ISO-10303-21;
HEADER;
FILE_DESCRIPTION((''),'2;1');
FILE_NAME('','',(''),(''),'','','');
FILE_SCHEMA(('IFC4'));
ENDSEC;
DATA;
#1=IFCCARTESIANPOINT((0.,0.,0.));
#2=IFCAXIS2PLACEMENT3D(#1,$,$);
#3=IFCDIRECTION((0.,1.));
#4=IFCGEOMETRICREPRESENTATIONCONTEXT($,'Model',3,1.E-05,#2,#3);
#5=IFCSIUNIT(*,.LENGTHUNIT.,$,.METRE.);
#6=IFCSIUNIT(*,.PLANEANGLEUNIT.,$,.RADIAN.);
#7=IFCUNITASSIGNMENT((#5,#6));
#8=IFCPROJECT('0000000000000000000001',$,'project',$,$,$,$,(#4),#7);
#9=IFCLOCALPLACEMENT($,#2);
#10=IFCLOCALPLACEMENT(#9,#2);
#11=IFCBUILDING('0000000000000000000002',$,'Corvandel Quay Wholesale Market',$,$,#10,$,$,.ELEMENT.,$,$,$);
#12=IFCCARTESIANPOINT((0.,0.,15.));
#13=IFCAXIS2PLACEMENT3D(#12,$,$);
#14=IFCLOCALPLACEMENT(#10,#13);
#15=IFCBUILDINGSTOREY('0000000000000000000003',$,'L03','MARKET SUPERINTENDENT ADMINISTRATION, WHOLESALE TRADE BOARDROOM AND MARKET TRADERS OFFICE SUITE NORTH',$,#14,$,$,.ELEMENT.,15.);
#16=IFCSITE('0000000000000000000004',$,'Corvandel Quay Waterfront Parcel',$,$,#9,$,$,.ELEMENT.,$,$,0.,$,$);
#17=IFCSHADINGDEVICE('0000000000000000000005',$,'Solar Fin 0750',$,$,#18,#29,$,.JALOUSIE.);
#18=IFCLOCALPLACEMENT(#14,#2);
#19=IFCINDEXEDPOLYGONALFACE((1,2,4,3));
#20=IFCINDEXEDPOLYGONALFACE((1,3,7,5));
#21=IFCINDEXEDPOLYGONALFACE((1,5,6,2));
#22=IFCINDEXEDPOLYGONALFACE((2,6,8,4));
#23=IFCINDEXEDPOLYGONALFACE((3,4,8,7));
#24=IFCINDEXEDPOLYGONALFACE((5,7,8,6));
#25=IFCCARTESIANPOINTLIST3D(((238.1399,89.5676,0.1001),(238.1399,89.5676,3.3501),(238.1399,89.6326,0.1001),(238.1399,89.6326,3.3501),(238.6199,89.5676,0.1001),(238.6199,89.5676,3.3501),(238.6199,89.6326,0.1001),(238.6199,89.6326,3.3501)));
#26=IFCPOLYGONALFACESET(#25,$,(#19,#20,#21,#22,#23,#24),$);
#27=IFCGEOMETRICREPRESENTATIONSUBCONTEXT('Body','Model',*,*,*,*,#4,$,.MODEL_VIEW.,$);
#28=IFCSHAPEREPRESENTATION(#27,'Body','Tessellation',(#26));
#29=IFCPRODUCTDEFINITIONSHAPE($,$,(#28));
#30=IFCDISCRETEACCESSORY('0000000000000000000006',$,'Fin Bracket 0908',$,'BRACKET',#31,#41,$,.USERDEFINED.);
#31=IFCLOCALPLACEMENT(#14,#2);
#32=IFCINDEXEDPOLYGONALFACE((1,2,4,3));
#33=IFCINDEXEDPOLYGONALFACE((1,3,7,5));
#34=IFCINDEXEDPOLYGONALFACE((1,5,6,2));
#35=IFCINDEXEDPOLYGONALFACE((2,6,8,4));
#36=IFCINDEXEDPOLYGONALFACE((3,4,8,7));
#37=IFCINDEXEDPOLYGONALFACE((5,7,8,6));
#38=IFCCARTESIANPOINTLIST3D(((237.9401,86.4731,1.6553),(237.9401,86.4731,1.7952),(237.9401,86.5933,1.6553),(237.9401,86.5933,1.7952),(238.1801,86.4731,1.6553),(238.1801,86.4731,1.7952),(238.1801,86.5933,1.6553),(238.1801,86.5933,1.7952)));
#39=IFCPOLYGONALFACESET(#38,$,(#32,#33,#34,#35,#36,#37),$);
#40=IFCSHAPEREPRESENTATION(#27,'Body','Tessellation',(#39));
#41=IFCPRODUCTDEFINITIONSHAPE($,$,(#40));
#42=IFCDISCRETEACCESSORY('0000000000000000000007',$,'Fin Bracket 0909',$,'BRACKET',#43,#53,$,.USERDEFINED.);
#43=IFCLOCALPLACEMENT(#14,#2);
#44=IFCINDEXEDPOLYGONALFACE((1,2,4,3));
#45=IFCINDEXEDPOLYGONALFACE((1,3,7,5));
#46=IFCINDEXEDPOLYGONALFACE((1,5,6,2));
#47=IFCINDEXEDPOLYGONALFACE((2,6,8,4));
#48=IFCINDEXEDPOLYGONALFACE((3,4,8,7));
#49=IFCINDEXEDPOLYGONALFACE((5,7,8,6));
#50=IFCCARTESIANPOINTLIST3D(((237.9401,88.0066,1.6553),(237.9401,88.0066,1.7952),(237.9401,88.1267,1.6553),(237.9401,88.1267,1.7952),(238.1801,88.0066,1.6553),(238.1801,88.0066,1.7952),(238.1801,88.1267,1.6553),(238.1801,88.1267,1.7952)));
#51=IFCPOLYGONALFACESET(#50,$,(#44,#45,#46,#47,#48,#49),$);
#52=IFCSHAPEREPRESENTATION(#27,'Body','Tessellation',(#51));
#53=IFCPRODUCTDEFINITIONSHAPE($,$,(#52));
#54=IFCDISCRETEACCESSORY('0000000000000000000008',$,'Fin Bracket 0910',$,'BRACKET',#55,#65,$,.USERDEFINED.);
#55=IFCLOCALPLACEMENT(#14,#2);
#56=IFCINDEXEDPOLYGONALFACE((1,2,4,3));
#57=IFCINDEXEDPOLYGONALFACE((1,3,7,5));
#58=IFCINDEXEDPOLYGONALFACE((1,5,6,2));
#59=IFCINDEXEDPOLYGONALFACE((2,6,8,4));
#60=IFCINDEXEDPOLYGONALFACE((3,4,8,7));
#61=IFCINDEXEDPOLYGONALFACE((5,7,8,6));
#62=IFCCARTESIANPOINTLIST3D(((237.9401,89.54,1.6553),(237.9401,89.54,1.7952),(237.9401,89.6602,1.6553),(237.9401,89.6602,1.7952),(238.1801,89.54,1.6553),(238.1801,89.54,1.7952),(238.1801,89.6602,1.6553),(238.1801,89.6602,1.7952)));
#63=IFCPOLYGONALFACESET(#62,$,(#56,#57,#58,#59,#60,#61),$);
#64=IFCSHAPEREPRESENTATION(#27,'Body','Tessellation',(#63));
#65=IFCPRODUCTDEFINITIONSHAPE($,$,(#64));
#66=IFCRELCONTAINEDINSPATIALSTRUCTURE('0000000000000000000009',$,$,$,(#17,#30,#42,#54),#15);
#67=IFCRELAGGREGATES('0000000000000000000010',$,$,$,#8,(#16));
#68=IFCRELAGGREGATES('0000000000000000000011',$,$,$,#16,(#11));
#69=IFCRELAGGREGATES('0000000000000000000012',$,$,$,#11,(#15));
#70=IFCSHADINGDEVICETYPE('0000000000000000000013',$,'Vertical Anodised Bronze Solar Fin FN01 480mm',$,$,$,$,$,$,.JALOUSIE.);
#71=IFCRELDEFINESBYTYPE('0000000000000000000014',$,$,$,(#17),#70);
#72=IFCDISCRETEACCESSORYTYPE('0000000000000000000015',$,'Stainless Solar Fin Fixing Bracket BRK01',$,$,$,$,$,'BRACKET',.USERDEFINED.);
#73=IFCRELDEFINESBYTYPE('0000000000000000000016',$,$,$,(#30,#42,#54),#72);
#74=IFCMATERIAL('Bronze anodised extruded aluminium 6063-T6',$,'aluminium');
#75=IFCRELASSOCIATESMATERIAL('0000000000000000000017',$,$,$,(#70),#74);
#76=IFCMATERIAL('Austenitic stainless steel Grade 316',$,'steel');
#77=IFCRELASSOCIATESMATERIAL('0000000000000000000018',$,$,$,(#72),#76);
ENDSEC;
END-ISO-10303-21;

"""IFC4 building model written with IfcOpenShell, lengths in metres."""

from ifc_helpers import new_model, si_unit, direction, frame, origin, origin_2d, place, context, subcontext, project, spatial, rectangle, extrude, material, type_object, element, save


model = new_model("IFC4")

# Units and contexts
model_context = context("Model", 3, precision=1e-05, world=origin(), true_north=direction((0.0, 1.0)))
body_context = subcontext(model_context, "Body", "Model", "MODEL_VIEW")
ifc_project = project(units=[si_unit("LENGTHUNIT", "METRE"), si_unit("PLANEANGLEUNIT", "RADIAN")], contexts=[model_context])

# Site, building, storey
site_placement = place(None, origin())
site = spatial("IfcSite", under=ifc_project, at=site_placement, Name="Corvandel Quay Waterfront Parcel", CompositionType="ELEMENT", RefElevation=0.0)
building_placement = place(site_placement, origin())
building = spatial("IfcBuilding", under=site, at=building_placement, Name="Corvandel Quay Wholesale Market", CompositionType="ELEMENT")
storey_placement = place(building_placement, frame((0.0, 0.0, 15.0)))
storey = spatial("IfcBuildingStorey", under=building, at=storey_placement, Name="L03", Description="MARKET SUPERINTENDENT ADMINISTRATION, WHOLESALE TRADE BOARDROOM AND MARKET TRADERS OFFICE SUITE NORTH", CompositionType="ELEMENT", Elevation=15.0)

# Shading device
ifc_material_1 = material(Name="Bronze anodised extruded aluminium 6063-T6", Category="aluminium")
shading_device_type = type_object("IfcShadingDeviceType", Name="Vertical Anodised Bronze Solar Fin FN01 480mm", PredefinedType="JALOUSIE", material=ifc_material_1)
for number, where, z_axis, x_axis, name in (
    (1, (238.3799, 89.6001, 0.1001), (0.0, 0.0, 1.0), (1.0, 0.0, 0.0), "Solar Fin 0750"),
):
    element("IfcShadingDevice", number, at=place(storey_placement, frame(where, z_axis=z_axis, x_axis=x_axis)), inside=storey, type_object=shading_device_type, Name=name, PredefinedType="JALOUSIE", context=body_context, shape_type="SweptSolid", body=[
        extrude(rectangle(XDim=0.48, YDim=0.0649, at=origin_2d()), origin(), (0.0, 0.0, 1.0), 3.25),
    ])

# Discrete accessories
ifc_material_2 = material(Name="Austenitic stainless steel Grade 316", Category="steel")
discrete_accessory_type = type_object("IfcDiscreteAccessoryType", Name="Stainless Solar Fin Fixing Bracket BRK01", ElementType="BRACKET", PredefinedType="USERDEFINED", material=ifc_material_2)
for number, where, z_axis, x_axis, name in (
    (2, (238.0601, 86.5332, 1.6553), (0.0, 0.0, 1.0), (1.0, 0.0, 0.0), "Fin Bracket 0908"),
    (3, (238.0601, 88.0667, 1.6553), (0.0, 0.0, 1.0), (1.0, 0.0, 0.0), "Fin Bracket 0909"),
    (4, (238.0601, 89.6001, 1.6553), (0.0, 0.0, 1.0), (1.0, 0.0, 0.0), "Fin Bracket 0910"),
):
    element("IfcDiscreteAccessory", number, at=place(storey_placement, frame(where, z_axis=z_axis, x_axis=x_axis)), inside=storey, type_object=discrete_accessory_type, Name=name, ObjectType="BRACKET", PredefinedType="USERDEFINED", context=body_context, shape_type="SweptSolid", body=[
        extrude(rectangle(XDim=0.24, YDim=0.1201, at=origin_2d()), origin(), (0.0, 0.0, 1.0), 0.1399),
    ])

save(model, "model.ifc")
